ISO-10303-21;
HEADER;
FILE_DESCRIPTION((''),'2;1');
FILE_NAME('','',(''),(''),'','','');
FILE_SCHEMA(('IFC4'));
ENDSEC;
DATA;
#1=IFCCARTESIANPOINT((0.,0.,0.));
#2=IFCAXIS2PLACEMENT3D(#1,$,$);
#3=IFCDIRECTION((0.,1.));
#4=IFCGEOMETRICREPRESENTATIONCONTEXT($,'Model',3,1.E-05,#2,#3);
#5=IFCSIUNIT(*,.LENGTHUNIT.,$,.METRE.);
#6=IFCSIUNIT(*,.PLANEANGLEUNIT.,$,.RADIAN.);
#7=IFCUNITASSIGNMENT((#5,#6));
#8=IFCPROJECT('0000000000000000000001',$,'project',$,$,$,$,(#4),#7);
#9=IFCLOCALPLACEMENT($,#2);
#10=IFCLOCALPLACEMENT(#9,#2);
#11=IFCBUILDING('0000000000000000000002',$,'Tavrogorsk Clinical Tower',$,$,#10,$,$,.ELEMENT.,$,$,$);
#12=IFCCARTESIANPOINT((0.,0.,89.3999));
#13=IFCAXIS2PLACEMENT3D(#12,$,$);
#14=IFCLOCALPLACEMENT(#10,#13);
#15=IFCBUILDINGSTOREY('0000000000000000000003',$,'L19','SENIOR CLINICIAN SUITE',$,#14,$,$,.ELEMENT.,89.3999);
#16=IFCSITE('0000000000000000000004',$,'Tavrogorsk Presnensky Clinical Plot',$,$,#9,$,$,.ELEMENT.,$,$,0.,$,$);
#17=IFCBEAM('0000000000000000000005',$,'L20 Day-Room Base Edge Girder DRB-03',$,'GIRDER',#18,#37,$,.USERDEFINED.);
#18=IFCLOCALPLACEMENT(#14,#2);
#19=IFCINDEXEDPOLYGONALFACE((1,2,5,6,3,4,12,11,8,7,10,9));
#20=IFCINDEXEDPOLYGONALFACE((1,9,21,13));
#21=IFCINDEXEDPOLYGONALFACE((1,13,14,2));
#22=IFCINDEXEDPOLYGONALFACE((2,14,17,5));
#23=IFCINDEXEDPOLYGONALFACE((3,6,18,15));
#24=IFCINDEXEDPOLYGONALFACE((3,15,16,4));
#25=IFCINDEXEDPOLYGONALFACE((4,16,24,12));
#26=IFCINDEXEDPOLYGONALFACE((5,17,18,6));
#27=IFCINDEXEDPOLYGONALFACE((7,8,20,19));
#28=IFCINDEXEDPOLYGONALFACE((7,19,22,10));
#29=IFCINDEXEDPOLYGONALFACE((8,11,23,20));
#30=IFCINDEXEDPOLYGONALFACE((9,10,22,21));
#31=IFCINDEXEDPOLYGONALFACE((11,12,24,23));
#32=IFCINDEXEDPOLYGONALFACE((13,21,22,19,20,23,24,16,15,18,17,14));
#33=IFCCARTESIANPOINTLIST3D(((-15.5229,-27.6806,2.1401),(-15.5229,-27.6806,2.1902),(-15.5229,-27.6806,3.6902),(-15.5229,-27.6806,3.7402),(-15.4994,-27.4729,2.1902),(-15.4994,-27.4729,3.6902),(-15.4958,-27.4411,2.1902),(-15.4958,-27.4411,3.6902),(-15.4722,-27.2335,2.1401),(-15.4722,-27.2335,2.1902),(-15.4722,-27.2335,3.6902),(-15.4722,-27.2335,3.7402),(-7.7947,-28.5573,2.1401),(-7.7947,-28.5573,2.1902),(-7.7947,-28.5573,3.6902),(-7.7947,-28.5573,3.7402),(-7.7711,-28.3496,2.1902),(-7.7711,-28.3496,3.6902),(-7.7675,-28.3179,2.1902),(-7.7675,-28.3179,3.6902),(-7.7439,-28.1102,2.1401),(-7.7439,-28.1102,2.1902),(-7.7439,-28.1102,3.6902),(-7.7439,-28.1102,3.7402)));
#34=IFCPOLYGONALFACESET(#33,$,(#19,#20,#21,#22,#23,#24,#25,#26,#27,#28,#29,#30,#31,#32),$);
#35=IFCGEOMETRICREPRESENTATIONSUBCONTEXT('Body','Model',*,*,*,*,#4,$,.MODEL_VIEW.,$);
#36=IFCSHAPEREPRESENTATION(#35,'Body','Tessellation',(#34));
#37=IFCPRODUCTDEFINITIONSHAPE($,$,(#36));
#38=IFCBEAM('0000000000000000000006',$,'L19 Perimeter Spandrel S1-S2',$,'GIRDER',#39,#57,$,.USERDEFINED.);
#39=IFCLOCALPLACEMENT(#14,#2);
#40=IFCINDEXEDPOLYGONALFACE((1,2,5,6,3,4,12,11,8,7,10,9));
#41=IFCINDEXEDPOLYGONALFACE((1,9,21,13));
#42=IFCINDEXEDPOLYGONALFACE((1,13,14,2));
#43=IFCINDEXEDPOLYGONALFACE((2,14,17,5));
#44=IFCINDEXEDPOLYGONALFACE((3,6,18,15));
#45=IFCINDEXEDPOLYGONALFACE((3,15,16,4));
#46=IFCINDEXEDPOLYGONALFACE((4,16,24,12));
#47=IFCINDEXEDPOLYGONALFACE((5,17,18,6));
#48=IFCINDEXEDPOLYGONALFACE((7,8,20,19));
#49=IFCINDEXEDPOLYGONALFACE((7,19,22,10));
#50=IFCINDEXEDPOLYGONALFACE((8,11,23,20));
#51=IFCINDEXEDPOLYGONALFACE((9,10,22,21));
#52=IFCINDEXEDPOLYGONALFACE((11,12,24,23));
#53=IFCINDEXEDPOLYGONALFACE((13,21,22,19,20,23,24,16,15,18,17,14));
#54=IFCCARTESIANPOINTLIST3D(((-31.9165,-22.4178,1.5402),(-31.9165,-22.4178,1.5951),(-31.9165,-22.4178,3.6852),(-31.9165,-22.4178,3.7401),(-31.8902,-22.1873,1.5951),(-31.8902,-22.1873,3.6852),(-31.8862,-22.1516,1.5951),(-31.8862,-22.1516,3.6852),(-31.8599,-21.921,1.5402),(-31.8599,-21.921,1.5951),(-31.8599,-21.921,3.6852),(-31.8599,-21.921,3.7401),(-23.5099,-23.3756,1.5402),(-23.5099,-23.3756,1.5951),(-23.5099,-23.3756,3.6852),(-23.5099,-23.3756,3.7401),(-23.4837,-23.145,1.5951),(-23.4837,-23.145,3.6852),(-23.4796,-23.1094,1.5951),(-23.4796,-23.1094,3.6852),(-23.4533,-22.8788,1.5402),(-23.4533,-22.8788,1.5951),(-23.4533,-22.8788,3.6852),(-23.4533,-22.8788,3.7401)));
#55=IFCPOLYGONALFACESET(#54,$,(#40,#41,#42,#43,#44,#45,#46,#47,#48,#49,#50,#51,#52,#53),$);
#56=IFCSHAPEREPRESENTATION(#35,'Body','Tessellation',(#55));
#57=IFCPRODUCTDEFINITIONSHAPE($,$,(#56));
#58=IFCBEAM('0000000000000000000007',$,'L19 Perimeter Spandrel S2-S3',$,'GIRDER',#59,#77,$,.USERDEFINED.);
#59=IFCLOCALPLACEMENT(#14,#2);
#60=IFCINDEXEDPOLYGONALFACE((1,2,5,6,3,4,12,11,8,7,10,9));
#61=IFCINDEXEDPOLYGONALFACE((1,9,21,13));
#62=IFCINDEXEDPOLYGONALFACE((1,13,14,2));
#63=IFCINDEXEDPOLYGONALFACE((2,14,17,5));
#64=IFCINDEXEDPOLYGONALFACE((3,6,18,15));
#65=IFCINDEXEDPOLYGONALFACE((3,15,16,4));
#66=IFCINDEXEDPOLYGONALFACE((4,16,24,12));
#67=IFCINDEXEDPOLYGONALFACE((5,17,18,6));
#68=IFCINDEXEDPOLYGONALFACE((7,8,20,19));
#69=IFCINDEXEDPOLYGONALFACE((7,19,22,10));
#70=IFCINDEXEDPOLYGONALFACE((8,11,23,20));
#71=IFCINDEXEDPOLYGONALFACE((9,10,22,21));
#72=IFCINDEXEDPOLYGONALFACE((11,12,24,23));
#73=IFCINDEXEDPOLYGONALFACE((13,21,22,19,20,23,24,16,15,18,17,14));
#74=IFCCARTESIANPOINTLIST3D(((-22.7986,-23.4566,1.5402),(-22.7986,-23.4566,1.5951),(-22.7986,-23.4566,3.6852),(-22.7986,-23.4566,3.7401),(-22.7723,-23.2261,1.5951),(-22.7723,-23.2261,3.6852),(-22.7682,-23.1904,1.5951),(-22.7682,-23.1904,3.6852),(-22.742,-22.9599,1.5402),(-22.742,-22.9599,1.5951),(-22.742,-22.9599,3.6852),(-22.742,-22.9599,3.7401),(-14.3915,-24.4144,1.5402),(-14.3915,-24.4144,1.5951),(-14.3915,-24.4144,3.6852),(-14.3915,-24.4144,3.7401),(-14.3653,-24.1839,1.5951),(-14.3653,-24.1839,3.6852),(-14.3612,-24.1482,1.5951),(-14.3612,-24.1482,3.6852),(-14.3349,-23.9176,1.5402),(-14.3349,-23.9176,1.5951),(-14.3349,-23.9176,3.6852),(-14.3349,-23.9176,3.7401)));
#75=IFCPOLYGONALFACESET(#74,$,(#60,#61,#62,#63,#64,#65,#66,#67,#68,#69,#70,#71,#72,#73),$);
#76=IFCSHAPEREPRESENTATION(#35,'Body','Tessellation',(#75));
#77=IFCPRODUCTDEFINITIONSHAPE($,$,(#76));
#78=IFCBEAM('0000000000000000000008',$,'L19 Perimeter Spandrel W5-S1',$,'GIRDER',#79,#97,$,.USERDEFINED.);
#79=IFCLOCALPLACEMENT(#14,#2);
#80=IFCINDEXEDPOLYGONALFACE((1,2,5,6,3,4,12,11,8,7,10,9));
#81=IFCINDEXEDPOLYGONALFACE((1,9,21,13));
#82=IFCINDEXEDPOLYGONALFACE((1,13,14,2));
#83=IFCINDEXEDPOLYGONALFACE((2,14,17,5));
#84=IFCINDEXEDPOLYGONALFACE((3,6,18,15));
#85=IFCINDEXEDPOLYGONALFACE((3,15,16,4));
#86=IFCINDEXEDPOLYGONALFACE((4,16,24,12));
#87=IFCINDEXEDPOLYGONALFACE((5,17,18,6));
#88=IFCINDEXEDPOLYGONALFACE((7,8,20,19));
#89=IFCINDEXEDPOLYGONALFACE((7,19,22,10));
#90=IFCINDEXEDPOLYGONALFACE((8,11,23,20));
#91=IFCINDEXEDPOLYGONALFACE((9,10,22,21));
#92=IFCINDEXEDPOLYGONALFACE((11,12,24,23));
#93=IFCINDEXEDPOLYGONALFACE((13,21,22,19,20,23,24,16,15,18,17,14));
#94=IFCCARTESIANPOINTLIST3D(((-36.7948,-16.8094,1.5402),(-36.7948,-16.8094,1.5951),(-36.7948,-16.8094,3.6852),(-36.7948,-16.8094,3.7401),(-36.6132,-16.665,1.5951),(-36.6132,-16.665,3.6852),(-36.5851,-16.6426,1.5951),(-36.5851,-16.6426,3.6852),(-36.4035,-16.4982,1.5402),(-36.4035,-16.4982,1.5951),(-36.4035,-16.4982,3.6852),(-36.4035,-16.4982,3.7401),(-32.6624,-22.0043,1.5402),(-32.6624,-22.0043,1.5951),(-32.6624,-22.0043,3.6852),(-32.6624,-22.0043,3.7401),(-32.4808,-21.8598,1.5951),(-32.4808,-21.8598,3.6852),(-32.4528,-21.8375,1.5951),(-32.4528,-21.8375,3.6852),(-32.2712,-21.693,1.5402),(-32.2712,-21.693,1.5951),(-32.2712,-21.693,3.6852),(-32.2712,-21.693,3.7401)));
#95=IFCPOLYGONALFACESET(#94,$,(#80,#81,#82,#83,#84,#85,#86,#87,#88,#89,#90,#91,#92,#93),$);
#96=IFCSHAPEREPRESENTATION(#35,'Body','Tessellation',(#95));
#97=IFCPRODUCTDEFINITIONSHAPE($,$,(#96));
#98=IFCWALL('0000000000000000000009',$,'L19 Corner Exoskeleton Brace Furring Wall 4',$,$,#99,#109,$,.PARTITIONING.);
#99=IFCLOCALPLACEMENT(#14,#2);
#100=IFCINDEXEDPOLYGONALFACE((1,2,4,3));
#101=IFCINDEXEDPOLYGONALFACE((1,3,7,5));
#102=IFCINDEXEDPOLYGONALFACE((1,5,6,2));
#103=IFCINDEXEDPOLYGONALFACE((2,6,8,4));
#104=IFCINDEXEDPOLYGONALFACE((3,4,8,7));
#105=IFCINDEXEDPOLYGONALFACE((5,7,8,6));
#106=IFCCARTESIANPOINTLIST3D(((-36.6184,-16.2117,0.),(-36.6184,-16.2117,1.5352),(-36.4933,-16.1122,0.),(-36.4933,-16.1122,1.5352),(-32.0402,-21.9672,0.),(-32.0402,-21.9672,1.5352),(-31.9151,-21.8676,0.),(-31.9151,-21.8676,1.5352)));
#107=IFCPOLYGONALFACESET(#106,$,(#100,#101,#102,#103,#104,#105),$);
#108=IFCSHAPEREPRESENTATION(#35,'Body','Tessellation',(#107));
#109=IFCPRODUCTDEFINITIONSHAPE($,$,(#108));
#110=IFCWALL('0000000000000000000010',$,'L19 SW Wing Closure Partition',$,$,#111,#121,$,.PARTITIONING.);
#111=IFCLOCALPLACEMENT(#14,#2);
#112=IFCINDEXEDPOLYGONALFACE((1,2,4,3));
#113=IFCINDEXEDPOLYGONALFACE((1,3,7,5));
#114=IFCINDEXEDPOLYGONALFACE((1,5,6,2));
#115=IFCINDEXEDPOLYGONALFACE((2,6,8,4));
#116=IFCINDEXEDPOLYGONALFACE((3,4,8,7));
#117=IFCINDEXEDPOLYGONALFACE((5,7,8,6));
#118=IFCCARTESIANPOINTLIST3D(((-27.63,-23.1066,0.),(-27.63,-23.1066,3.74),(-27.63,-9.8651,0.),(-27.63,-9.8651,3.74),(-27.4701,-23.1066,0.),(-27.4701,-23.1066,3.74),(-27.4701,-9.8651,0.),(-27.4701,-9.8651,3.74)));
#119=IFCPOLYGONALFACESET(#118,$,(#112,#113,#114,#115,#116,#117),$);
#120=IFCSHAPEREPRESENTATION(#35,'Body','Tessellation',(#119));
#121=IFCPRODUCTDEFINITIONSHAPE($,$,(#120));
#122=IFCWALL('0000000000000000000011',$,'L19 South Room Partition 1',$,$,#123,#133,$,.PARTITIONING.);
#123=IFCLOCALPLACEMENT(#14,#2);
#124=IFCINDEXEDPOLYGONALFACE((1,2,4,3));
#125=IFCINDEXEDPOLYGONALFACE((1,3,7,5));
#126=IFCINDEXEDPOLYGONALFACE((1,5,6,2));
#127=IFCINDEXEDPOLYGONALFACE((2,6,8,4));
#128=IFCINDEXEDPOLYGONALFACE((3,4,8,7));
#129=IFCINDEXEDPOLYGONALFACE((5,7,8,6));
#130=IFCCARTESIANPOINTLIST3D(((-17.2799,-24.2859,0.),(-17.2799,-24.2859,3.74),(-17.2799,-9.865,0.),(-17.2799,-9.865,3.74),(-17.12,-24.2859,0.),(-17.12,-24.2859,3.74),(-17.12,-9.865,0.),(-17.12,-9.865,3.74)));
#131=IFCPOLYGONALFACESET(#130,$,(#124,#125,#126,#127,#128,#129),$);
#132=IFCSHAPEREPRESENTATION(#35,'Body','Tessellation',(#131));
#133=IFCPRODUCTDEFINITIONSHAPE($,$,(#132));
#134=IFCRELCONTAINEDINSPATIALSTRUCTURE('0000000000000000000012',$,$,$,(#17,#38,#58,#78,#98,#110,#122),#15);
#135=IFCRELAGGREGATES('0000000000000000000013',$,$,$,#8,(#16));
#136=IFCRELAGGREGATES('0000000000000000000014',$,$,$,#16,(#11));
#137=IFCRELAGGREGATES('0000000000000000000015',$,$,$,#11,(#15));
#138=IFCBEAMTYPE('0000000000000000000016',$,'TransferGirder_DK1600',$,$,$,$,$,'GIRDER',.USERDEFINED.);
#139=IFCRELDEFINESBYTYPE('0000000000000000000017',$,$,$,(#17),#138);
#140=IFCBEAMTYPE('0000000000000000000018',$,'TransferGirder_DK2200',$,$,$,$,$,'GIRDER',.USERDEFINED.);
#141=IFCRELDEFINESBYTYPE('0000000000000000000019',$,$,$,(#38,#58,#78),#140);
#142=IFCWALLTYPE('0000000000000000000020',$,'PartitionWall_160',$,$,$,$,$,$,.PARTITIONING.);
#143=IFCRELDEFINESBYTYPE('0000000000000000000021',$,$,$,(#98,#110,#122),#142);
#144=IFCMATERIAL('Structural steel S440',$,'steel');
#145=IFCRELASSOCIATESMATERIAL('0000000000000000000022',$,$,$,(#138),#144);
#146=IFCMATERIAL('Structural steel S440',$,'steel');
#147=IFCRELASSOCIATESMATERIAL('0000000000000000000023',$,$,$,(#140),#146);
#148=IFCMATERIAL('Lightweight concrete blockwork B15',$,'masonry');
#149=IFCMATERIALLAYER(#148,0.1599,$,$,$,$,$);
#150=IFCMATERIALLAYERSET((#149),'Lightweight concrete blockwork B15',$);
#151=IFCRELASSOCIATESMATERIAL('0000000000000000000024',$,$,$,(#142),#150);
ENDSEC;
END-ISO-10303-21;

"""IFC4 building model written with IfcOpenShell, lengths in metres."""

from ifc_helpers import new_model, si_unit, direction, frame, frame_2d, origin, origin_2d, place, context, subcontext, project, spatial, rectangle, i_section, extrude, material, layer, layer_set, material_profile, profile_set, type_object, element, save


model = new_model("IFC4")

# Units and contexts
model_context = context("Model", 3, precision=1e-05, world=origin(), true_north=direction((0.0, 1.0)))
body_context = subcontext(model_context, "Body", "Model", "MODEL_VIEW")
ifc_project = project(units=[si_unit("LENGTHUNIT", "METRE"), si_unit("PLANEANGLEUNIT", "RADIAN")], contexts=[model_context])

# Site, building, storey
site_placement = place(None, origin())
site = spatial("IfcSite", under=ifc_project, at=site_placement, Name="Tavrogorsk Presnensky Clinical Plot", CompositionType="ELEMENT", RefElevation=0.0)
building_placement = place(site_placement, origin())
building = spatial("IfcBuilding", under=site, at=building_placement, Name="Tavrogorsk Clinical Tower", CompositionType="ELEMENT")
storey_placement = place(building_placement, frame((0.0, 0.0, 89.3999)))
storey = spatial("IfcBuildingStorey", under=building, at=storey_placement, Name="L19", Description="SENIOR CLINICIAN SUITE", CompositionType="ELEMENT", Elevation=89.3999)

# Beams
ifc_material_1 = material(Name="Structural steel S440", Category="steel")
ifc_material_profile_1 = material_profile(ifc_material_1, i_section(OverallWidth=0.45, OverallDepth=1.6001, WebThickness=0.032, FlangeThickness=0.05, at=origin_2d()), Name="DK-1600x450x32x50")
ifc_profile_set_1 = profile_set([ifc_material_profile_1], Name="Structural steel S440")
beam_type_1 = type_object("IfcBeamType", Name="TransferGirder_DK1600", ElementType="GIRDER", PredefinedType="USERDEFINED", material=ifc_profile_set_1)
beam_1_placement = place(storey_placement, frame((-15.4976, -27.457, 2.9402), z_axis=(0.993627, -0.112719, 0.0), x_axis=(0.112719, 0.993627, 0.0)))
element("IfcBeam", 1, at=beam_1_placement, inside=storey, type_object=beam_type_1, Name="L20 Day-Room Base Edge Girder DRB-03", ObjectType="GIRDER", PredefinedType="USERDEFINED", context=body_context, shape_type="SweptSolid", body=[
    extrude(i_section(OverallWidth=0.45, OverallDepth=1.6001, WebThickness=0.032, FlangeThickness=0.05, at=origin_2d()), origin(), (0.0, 0.0, 1.0), 7.7778),
])
ifc_material_2 = material(Name="Structural steel S440", Category="steel")
ifc_material_profile_2 = material_profile(ifc_material_2, i_section(OverallWidth=0.5, OverallDepth=2.2, WebThickness=0.0359, FlangeThickness=0.0549, at=origin_2d()), Name="DK-2200x500x36x55")
ifc_profile_set_2 = profile_set([ifc_material_profile_2], Name="Structural steel S440")
beam_type_2 = type_object("IfcBeamType", Name="TransferGirder_DK2200", ElementType="GIRDER", PredefinedType="USERDEFINED", material=ifc_profile_set_2)
beam_2_placement = place(storey_placement, frame((-31.8882, -22.1694, 2.6401), z_axis=(0.993572, -0.113199, 0.0), x_axis=(0.113199, 0.993572, 0.0)))
element("IfcBeam", 2, at=beam_2_placement, inside=storey, type_object=beam_type_2, Name="L19 Perimeter Spandrel S1-S2", ObjectType="GIRDER", PredefinedType="USERDEFINED", context=body_context, shape_type="SweptSolid", body=[
    extrude(i_section(OverallWidth=0.5, OverallDepth=2.2, WebThickness=0.0359, FlangeThickness=0.0549, at=origin_2d()), origin(), (0.0, 0.0, 1.0), 8.4609),
])
beam_3_placement = place(storey_placement, frame((-22.7703, -23.2083, 2.6401), z_axis=(0.993573, -0.113193, 0.0), x_axis=(0.113193, 0.993573, 0.0)))
element("IfcBeam", 3, at=beam_3_placement, inside=storey, type_object=beam_type_2, Name="L19 Perimeter Spandrel S2-S3", ObjectType="GIRDER", PredefinedType="USERDEFINED", context=body_context, shape_type="SweptSolid", body=[
    extrude(i_section(OverallWidth=0.5, OverallDepth=2.2, WebThickness=0.0359, FlangeThickness=0.0549, at=origin_2d()), origin(), (0.0, 0.0, 1.0), 8.4614),
])
beam_4_placement = place(storey_placement, frame((-36.5991, -16.6538, 2.6401), z_axis=(0.622531, -0.782595, 0.0), x_axis=(0.782595, 0.622531, 0.0)))
element("IfcBeam", 4, at=beam_4_placement, inside=storey, type_object=beam_type_2, Name="L19 Perimeter Spandrel W5-S1", ObjectType="GIRDER", PredefinedType="USERDEFINED", context=body_context, shape_type="SweptSolid", body=[
    extrude(i_section(OverallWidth=0.5, OverallDepth=2.2, WebThickness=0.0359, FlangeThickness=0.0549, at=origin_2d()), origin(), (0.0, 0.0, 1.0), 6.6379),
])

# Walls
ifc_material_3 = material(Name="Lightweight concrete blockwork B15", Category="masonry")
ifc_layer_1 = layer(ifc_material_3, 0.1599)
ifc_layer_set_1 = layer_set([ifc_layer_1], Name="Lightweight concrete blockwork B15")
wall_type_1 = type_object("IfcWallType", Name="PartitionWall_160", PredefinedType="PARTITIONING", material=ifc_layer_set_1)
wall_1_placement = place(storey_placement, frame((-36.5559, -16.1619, 0.0), z_axis=(0.0, 0.0, 1.0), x_axis=(0.622523, -0.782602, 0.0)))
element("IfcWall", 5, at=wall_1_placement, inside=storey, type_object=wall_type_1, Name="L19 Corner Exoskeleton Brace Furring Wall 4", PredefinedType="PARTITIONING", context=body_context, shape_type="SweptSolid", body=[
    extrude(rectangle(XDim=7.3542, YDim=0.1599, at=frame_2d((3.6772, 0.0))), origin(), (0.0, 0.0, 1.0), 1.5352),
])
wall_2_placement = place(storey_placement, frame((-27.55, -23.1064, 0.0), z_axis=(0.0, 0.0, 1.0), x_axis=(0.0, 1.0, 0.0)))
element("IfcWall", 6, at=wall_2_placement, inside=storey, type_object=wall_type_1, Name="L19 SW Wing Closure Partition", PredefinedType="PARTITIONING", context=body_context, shape_type="SweptSolid", body=[
    extrude(rectangle(XDim=13.2415, YDim=0.1599, at=frame_2d((6.6206, 0.0))), origin(), (0.0, 0.0, 1.0), 3.74),
])
wall_3_placement = place(storey_placement, frame((-17.2, -24.2859, 0.0), z_axis=(0.0, 0.0, 1.0), x_axis=(0.0, 1.0, 0.0)))
element("IfcWall", 7, at=wall_3_placement, inside=storey, type_object=wall_type_1, Name="L19 South Room Partition 1", PredefinedType="PARTITIONING", context=body_context, shape_type="SweptSolid", body=[
    extrude(rectangle(XDim=14.4209, YDim=0.1599, at=frame_2d((7.2104, 0.0))), origin(), (0.0, 0.0, 1.0), 3.74),
])

save(model, "model.ifc")
